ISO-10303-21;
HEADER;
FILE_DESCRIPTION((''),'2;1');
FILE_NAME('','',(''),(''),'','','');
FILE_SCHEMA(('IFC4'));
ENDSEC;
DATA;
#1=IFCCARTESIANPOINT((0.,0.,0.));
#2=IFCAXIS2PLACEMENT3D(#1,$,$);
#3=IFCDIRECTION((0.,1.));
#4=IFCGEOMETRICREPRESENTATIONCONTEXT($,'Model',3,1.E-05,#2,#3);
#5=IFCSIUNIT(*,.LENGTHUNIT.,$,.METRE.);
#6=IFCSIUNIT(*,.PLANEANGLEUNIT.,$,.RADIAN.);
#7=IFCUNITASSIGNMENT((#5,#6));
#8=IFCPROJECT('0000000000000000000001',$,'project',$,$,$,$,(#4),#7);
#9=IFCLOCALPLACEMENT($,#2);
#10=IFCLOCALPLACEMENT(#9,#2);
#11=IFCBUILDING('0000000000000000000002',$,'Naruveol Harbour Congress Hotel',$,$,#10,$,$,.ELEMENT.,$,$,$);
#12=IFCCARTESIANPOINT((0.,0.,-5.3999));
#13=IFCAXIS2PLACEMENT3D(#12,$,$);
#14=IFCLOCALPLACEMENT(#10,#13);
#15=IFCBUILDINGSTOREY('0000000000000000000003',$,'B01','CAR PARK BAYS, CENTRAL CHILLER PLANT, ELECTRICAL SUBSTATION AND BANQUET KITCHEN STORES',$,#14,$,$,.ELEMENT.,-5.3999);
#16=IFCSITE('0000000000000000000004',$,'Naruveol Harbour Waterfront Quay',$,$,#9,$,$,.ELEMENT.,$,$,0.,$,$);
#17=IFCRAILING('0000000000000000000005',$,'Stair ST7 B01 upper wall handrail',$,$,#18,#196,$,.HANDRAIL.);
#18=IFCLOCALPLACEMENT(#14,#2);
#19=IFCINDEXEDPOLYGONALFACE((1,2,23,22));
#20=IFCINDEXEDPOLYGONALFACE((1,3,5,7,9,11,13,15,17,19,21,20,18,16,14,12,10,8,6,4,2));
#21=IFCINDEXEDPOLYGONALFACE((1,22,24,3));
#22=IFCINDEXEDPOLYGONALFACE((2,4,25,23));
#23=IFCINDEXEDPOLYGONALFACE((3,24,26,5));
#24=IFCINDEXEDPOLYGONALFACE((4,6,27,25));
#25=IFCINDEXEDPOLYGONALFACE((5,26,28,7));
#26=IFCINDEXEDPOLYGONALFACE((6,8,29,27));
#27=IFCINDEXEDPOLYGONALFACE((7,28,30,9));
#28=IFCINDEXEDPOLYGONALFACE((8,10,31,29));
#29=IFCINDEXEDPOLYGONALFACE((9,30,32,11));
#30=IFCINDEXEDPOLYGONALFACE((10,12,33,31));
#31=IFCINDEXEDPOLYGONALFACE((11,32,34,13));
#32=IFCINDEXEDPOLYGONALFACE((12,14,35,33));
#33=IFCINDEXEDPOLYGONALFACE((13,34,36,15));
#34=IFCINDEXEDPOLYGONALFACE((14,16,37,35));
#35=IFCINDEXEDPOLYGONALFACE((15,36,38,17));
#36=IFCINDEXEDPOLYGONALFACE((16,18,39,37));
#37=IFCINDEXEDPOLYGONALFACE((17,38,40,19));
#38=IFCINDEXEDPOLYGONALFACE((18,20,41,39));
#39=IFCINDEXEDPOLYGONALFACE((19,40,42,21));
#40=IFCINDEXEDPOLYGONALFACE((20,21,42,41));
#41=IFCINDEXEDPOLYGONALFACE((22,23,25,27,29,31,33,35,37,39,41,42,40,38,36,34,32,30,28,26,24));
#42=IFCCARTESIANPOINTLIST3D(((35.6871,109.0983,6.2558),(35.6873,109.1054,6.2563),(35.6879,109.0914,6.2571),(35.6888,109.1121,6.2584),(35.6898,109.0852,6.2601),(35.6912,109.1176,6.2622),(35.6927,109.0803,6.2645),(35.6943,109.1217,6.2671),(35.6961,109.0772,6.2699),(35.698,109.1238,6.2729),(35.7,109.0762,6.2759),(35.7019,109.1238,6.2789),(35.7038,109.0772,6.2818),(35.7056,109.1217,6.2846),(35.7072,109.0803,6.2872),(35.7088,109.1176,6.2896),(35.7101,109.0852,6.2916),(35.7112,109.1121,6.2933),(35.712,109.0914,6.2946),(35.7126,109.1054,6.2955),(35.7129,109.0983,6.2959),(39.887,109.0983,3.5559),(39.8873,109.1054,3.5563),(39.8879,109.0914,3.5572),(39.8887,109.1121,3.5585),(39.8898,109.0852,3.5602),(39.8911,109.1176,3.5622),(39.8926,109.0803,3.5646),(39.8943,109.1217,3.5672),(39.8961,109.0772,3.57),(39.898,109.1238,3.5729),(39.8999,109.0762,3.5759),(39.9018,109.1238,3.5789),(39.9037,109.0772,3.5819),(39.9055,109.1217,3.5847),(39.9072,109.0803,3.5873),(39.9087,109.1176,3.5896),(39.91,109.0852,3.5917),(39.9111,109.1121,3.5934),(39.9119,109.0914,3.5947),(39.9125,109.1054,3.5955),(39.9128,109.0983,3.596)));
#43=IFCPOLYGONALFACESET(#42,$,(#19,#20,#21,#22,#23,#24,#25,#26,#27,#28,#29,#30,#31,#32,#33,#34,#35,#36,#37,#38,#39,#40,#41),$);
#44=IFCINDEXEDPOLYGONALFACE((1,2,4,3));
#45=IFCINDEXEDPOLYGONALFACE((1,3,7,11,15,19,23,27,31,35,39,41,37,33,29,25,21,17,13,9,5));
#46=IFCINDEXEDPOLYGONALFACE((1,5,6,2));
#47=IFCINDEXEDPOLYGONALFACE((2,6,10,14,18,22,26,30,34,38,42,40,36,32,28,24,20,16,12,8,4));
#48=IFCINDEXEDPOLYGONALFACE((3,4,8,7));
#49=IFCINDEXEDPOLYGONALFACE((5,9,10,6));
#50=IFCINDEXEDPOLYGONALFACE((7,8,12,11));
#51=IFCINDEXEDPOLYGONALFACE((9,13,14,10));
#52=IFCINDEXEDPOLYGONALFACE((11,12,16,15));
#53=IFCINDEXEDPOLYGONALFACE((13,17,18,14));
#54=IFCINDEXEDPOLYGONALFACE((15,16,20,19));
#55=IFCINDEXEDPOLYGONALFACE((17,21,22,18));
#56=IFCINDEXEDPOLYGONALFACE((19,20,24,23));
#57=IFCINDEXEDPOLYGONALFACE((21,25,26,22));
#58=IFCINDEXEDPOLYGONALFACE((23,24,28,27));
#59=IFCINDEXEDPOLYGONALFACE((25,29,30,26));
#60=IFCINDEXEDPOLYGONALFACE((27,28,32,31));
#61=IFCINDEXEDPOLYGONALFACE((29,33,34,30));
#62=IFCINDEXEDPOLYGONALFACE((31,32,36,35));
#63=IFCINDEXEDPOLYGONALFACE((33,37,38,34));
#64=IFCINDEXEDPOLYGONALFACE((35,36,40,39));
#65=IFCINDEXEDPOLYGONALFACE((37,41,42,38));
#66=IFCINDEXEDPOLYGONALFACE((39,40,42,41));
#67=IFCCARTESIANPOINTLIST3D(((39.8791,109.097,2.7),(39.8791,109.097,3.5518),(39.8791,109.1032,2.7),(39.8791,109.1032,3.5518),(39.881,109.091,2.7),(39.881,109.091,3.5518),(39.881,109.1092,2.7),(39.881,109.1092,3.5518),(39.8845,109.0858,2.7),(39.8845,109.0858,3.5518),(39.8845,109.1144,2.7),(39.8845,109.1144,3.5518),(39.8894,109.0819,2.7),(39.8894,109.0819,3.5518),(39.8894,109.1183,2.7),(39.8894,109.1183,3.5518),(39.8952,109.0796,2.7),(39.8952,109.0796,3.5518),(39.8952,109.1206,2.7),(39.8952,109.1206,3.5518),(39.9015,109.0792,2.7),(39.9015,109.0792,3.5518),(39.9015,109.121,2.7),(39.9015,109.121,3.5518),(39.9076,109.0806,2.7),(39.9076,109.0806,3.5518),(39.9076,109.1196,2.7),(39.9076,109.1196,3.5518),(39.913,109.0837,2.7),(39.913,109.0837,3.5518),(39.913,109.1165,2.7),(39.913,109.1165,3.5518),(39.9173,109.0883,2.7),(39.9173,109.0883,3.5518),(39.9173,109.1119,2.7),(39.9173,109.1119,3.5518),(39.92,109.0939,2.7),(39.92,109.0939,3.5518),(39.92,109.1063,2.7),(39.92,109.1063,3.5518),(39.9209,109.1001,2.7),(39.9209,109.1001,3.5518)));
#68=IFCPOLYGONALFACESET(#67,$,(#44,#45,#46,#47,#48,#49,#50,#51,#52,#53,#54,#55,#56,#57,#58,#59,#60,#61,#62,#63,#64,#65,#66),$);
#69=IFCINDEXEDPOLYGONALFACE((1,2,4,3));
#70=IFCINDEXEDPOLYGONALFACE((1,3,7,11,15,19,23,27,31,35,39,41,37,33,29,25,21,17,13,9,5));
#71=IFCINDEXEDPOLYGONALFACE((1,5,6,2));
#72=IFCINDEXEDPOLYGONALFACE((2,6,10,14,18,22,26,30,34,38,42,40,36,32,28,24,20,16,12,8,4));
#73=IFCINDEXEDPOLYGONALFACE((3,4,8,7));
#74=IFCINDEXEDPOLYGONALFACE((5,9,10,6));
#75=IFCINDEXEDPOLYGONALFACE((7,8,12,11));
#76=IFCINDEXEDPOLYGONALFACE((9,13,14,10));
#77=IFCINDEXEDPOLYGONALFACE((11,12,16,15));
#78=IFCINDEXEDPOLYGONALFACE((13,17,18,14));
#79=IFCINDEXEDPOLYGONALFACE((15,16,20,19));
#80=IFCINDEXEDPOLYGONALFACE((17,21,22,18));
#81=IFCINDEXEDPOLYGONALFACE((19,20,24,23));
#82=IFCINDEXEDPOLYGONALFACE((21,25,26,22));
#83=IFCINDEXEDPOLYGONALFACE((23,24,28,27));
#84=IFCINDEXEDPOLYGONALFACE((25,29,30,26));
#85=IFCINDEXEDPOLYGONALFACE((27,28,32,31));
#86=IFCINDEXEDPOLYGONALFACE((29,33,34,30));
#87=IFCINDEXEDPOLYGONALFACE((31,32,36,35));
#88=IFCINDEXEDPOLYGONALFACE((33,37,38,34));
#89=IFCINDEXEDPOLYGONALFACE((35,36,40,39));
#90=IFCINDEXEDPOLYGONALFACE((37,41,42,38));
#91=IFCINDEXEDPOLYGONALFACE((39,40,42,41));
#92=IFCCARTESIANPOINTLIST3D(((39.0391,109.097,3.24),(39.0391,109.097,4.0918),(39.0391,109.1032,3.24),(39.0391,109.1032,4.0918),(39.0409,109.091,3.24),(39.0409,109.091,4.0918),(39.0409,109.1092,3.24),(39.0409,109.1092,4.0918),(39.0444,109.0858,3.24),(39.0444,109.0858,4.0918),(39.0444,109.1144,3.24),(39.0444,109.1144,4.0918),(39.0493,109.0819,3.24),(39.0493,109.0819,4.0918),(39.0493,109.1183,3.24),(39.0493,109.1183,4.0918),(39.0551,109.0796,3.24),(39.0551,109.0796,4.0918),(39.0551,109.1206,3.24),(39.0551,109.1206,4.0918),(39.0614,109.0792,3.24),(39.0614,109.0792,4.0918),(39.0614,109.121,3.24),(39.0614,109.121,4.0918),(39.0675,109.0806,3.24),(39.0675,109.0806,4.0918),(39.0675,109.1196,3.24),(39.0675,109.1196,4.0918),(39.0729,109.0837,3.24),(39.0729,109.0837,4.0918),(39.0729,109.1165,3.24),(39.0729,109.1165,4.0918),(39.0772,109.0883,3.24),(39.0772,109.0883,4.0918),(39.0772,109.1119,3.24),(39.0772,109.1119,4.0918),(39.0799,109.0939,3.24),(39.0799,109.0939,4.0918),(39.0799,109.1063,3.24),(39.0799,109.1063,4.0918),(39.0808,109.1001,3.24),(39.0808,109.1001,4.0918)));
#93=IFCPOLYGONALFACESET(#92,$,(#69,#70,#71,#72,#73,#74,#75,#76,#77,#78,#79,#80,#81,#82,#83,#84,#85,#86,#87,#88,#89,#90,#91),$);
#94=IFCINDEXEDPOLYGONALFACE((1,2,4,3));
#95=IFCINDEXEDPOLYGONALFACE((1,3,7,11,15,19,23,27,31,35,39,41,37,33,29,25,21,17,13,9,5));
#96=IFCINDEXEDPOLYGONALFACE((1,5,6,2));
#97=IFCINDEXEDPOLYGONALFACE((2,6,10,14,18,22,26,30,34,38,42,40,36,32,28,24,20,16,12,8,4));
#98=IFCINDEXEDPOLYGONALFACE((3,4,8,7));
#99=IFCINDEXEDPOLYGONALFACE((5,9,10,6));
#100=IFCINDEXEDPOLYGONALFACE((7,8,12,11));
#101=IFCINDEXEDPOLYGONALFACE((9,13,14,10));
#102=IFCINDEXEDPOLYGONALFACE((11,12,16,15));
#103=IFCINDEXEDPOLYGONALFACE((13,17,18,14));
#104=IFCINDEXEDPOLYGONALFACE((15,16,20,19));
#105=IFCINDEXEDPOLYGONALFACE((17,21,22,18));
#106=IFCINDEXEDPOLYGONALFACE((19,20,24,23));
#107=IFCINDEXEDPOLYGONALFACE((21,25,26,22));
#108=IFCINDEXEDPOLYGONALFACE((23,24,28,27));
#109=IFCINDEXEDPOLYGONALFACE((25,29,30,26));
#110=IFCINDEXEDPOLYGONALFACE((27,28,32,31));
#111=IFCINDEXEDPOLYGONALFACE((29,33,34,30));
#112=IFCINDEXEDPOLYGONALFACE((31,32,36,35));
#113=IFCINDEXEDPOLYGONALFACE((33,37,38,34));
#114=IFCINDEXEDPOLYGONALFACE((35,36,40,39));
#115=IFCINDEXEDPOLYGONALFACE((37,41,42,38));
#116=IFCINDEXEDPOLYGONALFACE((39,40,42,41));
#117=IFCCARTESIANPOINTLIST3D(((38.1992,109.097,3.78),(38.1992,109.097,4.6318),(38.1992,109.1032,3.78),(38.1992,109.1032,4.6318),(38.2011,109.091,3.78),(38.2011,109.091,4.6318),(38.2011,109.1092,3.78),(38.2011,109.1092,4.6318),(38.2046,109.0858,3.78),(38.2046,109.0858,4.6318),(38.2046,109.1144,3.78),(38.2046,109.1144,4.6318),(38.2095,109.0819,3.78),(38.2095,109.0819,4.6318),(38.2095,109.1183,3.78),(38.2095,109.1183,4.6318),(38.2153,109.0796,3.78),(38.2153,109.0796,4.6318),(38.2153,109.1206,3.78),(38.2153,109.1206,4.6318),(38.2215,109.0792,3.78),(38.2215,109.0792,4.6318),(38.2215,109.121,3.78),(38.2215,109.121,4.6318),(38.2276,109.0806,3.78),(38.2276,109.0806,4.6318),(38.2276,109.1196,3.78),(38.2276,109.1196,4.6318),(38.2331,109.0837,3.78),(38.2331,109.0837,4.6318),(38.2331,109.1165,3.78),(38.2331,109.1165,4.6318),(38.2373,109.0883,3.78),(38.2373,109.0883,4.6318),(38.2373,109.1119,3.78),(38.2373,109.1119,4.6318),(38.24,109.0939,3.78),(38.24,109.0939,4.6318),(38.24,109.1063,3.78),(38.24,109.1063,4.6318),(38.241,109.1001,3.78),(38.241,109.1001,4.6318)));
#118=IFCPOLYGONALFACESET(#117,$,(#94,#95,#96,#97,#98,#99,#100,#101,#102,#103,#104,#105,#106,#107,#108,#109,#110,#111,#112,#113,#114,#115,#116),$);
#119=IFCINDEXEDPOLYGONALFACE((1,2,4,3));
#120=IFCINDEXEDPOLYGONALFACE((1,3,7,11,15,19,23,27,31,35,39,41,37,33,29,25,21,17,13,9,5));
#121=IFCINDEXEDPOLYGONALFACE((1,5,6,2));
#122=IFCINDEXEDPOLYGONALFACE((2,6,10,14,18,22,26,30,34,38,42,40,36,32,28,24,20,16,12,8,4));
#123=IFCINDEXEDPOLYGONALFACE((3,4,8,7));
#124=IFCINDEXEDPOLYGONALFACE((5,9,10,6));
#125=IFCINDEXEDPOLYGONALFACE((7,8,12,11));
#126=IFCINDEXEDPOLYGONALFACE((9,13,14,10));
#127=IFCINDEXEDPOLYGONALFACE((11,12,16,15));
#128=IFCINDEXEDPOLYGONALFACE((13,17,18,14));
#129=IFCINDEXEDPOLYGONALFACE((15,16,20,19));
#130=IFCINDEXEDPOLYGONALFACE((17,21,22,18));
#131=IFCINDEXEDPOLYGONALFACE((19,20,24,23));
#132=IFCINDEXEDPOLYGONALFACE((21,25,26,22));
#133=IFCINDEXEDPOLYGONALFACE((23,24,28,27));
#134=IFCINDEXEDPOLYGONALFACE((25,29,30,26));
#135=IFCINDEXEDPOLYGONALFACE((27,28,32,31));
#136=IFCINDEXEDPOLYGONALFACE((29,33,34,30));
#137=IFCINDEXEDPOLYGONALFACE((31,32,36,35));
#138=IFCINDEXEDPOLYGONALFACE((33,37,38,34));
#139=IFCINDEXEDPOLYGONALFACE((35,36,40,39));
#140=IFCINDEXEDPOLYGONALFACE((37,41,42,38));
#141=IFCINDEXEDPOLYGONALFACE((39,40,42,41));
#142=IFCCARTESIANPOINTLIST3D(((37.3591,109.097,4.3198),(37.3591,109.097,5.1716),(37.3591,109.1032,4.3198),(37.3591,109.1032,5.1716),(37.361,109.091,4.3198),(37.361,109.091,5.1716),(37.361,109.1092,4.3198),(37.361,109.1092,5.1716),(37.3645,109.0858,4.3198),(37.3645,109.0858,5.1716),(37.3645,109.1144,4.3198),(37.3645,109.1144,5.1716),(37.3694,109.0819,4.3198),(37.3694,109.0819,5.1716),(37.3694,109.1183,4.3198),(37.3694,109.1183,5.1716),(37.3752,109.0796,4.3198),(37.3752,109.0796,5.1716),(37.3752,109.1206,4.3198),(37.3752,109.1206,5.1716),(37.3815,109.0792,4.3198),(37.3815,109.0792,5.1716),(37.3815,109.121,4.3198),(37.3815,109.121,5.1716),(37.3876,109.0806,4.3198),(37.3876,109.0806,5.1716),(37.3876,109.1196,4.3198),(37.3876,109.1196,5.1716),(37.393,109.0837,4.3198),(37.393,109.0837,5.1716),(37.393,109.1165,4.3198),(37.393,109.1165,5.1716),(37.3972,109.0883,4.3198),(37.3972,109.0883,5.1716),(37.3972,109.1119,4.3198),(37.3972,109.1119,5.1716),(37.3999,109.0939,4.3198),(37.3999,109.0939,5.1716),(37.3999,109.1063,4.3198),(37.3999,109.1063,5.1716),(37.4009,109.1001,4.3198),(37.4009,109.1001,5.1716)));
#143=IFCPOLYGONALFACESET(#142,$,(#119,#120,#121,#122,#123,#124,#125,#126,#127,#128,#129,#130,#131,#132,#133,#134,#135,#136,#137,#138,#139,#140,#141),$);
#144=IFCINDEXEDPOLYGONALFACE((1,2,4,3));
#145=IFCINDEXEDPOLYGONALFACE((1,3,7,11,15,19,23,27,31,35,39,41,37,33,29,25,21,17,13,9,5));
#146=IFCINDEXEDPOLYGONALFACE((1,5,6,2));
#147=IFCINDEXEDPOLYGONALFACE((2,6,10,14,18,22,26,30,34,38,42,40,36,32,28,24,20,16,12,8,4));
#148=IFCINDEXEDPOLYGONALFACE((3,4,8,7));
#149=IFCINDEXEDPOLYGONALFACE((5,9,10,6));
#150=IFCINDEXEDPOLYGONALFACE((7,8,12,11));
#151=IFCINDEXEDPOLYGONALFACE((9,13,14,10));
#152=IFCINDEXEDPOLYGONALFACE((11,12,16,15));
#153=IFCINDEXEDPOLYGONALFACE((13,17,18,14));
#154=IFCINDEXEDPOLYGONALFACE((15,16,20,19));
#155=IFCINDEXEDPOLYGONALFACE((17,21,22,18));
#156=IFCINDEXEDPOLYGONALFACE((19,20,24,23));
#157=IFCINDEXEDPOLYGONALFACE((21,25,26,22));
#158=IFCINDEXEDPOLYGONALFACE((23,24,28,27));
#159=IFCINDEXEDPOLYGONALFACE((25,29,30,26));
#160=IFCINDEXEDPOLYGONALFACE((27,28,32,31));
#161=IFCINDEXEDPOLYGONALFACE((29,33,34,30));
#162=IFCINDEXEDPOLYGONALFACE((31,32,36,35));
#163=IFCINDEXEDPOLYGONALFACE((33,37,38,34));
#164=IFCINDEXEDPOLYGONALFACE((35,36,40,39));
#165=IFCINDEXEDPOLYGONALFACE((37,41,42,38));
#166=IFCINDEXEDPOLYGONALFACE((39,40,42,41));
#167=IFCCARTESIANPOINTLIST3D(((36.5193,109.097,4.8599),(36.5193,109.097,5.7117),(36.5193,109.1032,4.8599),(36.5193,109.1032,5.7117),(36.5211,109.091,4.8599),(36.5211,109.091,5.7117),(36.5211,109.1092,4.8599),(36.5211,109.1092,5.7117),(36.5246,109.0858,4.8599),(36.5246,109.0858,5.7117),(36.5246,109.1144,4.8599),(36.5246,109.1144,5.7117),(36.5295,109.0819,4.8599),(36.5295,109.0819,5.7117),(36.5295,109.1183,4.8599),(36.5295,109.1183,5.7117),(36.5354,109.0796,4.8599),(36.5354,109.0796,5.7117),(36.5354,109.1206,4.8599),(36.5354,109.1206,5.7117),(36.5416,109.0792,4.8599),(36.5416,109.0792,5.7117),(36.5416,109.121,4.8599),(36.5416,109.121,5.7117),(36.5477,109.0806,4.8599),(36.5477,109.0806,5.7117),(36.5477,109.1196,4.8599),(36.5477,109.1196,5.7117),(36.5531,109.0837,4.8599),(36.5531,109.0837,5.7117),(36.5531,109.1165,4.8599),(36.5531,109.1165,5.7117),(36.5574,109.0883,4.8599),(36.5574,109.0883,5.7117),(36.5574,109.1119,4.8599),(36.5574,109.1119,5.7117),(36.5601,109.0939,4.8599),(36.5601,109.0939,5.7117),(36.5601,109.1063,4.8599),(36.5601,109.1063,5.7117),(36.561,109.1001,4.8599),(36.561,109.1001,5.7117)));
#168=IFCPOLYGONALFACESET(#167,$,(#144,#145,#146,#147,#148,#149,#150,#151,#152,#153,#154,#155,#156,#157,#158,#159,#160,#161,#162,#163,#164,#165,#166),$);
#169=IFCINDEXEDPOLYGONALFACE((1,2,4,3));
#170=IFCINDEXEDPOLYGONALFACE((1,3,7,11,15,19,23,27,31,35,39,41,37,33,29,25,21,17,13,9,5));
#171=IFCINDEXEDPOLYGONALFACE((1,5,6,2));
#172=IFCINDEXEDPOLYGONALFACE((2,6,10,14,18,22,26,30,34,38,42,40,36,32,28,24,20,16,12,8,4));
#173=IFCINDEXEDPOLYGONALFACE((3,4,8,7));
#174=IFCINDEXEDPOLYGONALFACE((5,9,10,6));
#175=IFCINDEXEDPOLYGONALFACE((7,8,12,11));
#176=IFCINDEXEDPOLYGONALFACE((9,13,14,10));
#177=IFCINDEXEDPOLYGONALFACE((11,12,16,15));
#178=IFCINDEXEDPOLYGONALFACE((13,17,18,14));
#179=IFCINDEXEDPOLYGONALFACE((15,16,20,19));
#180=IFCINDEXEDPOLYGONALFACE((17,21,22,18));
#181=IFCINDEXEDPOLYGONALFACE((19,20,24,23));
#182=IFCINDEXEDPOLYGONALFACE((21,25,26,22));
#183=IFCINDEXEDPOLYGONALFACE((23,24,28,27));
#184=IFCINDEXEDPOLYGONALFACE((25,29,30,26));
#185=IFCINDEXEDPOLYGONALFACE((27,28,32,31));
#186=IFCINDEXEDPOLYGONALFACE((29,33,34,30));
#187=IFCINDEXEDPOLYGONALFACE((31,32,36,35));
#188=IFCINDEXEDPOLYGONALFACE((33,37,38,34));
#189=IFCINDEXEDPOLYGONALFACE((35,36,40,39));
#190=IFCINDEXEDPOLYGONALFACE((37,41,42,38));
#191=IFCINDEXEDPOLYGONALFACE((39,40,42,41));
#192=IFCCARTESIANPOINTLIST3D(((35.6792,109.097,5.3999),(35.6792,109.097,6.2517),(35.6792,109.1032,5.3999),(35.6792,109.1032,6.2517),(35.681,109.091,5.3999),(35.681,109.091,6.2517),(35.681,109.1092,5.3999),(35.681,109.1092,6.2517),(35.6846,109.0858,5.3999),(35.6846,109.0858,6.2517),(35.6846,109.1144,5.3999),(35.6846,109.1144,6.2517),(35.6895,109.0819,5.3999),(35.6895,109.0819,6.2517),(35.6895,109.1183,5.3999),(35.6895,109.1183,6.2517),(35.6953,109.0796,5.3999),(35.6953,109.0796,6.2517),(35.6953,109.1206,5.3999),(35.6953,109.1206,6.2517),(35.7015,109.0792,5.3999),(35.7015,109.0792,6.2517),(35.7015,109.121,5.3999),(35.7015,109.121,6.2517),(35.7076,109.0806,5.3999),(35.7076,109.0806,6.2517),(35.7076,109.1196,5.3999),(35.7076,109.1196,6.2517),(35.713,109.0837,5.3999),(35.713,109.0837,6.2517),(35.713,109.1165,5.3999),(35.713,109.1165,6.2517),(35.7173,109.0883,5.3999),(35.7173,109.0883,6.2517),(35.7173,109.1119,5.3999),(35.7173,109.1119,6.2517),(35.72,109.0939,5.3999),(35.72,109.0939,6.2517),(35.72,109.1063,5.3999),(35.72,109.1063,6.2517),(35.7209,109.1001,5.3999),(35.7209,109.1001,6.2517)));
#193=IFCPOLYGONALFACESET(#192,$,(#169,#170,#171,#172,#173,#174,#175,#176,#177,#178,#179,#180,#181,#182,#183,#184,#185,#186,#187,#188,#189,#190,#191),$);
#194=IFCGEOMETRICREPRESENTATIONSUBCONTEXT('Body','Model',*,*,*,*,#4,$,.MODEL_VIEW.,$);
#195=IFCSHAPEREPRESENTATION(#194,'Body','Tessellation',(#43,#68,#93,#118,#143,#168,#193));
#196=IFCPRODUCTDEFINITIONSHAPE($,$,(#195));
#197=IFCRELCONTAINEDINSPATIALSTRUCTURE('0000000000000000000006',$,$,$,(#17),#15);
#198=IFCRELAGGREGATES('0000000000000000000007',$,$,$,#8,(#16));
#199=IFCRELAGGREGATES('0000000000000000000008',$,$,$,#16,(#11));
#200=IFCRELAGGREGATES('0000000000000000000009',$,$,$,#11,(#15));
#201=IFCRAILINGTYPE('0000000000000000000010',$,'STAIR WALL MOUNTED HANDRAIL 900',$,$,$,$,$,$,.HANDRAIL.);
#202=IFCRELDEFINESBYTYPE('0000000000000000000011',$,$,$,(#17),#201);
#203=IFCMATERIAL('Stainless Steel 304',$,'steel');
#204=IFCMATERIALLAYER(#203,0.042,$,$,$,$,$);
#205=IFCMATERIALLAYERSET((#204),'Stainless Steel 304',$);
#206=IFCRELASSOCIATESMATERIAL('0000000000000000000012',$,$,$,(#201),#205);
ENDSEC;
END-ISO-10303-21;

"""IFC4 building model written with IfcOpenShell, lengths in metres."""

from ifc_helpers import new_model, si_unit, direction, frame, origin, origin_2d, place, context, subcontext, project, spatial, circle, extrude, material, layer, layer_set, type_object, element, save


model = new_model("IFC4")

# Units and contexts
model_context = context("Model", 3, precision=1e-05, world=origin(), true_north=direction((0.0, 1.0)))
body_context = subcontext(model_context, "Body", "Model", "MODEL_VIEW")
ifc_project = project(units=[si_unit("LENGTHUNIT", "METRE"), si_unit("PLANEANGLEUNIT", "RADIAN")], contexts=[model_context])

# Site, building, storey
site_placement = place(None, origin())
site = spatial("IfcSite", under=ifc_project, at=site_placement, Name="Naruveol Harbour Waterfront Quay", CompositionType="ELEMENT", RefElevation=0.0)
building_placement = place(site_placement, origin())
building = spatial("IfcBuilding", under=site, at=building_placement, Name="Naruveol Harbour Congress Hotel", CompositionType="ELEMENT")
storey_placement = place(building_placement, frame((0.0, 0.0, -5.3999)))
storey = spatial("IfcBuildingStorey", under=building, at=storey_placement, Name="B01", Description="CAR PARK BAYS, CENTRAL CHILLER PLANT, ELECTRICAL SUBSTATION AND BANQUET KITCHEN STORES", CompositionType="ELEMENT", Elevation=-5.3999)

# Railing
ifc_material_1 = material(Name="Stainless Steel 304", Category="steel")
ifc_layer_1 = layer(ifc_material_1, 0.042)
ifc_layer_set_1 = layer_set([ifc_layer_1], Name="Stainless Steel 304")
railing_type_1 = type_object("IfcRailingType", Name="STAIR WALL MOUNTED HANDRAIL 900", PredefinedType="HANDRAIL", material=ifc_layer_set_1)
railing_1_placement = place(storey_placement, frame((39.8999, 109.1001, 2.7)))
element("IfcRailing", 1, at=railing_1_placement, inside=storey, type_object=railing_type_1, Name="Stair ST7 B01 upper wall handrail", PredefinedType="HANDRAIL", context=body_context, shape_type="SweptSolid", body=[
    extrude(circle(Radius=0.0239, at=origin_2d()), frame((0.0, 0.0, 0.876), z_axis=(-0.84118, 0.0, 0.540755), x_axis=(0.0, -1.0, 0.0)), (0.0, 0.0, 1.0), 4.9929),
    extrude(circle(Radius=0.021, at=origin_2d()), origin(), (0.0, 0.0, 1.0), 0.8518),
    extrude(circle(Radius=0.021, at=origin_2d()), frame((-0.8401, 0.0, 0.54)), (0.0, 0.0, 1.0), 0.8518),
    extrude(circle(Radius=0.021, at=origin_2d()), frame((-1.6799, 0.0, 1.0801)), (0.0, 0.0, 1.0), 0.8518),
    extrude(circle(Radius=0.021, at=origin_2d()), frame((-2.52, 0.0, 1.6199)), (0.0, 0.0, 1.0), 0.8518),
    extrude(circle(Radius=0.021, at=origin_2d()), frame((-3.3599, 0.0, 2.1599)), (0.0, 0.0, 1.0), 0.8518),
    extrude(circle(Radius=0.021, at=origin_2d()), frame((-4.2, 0.0, 2.7)), (0.0, 0.0, 1.0), 0.8518),
])

save(model, "model.ifc")
